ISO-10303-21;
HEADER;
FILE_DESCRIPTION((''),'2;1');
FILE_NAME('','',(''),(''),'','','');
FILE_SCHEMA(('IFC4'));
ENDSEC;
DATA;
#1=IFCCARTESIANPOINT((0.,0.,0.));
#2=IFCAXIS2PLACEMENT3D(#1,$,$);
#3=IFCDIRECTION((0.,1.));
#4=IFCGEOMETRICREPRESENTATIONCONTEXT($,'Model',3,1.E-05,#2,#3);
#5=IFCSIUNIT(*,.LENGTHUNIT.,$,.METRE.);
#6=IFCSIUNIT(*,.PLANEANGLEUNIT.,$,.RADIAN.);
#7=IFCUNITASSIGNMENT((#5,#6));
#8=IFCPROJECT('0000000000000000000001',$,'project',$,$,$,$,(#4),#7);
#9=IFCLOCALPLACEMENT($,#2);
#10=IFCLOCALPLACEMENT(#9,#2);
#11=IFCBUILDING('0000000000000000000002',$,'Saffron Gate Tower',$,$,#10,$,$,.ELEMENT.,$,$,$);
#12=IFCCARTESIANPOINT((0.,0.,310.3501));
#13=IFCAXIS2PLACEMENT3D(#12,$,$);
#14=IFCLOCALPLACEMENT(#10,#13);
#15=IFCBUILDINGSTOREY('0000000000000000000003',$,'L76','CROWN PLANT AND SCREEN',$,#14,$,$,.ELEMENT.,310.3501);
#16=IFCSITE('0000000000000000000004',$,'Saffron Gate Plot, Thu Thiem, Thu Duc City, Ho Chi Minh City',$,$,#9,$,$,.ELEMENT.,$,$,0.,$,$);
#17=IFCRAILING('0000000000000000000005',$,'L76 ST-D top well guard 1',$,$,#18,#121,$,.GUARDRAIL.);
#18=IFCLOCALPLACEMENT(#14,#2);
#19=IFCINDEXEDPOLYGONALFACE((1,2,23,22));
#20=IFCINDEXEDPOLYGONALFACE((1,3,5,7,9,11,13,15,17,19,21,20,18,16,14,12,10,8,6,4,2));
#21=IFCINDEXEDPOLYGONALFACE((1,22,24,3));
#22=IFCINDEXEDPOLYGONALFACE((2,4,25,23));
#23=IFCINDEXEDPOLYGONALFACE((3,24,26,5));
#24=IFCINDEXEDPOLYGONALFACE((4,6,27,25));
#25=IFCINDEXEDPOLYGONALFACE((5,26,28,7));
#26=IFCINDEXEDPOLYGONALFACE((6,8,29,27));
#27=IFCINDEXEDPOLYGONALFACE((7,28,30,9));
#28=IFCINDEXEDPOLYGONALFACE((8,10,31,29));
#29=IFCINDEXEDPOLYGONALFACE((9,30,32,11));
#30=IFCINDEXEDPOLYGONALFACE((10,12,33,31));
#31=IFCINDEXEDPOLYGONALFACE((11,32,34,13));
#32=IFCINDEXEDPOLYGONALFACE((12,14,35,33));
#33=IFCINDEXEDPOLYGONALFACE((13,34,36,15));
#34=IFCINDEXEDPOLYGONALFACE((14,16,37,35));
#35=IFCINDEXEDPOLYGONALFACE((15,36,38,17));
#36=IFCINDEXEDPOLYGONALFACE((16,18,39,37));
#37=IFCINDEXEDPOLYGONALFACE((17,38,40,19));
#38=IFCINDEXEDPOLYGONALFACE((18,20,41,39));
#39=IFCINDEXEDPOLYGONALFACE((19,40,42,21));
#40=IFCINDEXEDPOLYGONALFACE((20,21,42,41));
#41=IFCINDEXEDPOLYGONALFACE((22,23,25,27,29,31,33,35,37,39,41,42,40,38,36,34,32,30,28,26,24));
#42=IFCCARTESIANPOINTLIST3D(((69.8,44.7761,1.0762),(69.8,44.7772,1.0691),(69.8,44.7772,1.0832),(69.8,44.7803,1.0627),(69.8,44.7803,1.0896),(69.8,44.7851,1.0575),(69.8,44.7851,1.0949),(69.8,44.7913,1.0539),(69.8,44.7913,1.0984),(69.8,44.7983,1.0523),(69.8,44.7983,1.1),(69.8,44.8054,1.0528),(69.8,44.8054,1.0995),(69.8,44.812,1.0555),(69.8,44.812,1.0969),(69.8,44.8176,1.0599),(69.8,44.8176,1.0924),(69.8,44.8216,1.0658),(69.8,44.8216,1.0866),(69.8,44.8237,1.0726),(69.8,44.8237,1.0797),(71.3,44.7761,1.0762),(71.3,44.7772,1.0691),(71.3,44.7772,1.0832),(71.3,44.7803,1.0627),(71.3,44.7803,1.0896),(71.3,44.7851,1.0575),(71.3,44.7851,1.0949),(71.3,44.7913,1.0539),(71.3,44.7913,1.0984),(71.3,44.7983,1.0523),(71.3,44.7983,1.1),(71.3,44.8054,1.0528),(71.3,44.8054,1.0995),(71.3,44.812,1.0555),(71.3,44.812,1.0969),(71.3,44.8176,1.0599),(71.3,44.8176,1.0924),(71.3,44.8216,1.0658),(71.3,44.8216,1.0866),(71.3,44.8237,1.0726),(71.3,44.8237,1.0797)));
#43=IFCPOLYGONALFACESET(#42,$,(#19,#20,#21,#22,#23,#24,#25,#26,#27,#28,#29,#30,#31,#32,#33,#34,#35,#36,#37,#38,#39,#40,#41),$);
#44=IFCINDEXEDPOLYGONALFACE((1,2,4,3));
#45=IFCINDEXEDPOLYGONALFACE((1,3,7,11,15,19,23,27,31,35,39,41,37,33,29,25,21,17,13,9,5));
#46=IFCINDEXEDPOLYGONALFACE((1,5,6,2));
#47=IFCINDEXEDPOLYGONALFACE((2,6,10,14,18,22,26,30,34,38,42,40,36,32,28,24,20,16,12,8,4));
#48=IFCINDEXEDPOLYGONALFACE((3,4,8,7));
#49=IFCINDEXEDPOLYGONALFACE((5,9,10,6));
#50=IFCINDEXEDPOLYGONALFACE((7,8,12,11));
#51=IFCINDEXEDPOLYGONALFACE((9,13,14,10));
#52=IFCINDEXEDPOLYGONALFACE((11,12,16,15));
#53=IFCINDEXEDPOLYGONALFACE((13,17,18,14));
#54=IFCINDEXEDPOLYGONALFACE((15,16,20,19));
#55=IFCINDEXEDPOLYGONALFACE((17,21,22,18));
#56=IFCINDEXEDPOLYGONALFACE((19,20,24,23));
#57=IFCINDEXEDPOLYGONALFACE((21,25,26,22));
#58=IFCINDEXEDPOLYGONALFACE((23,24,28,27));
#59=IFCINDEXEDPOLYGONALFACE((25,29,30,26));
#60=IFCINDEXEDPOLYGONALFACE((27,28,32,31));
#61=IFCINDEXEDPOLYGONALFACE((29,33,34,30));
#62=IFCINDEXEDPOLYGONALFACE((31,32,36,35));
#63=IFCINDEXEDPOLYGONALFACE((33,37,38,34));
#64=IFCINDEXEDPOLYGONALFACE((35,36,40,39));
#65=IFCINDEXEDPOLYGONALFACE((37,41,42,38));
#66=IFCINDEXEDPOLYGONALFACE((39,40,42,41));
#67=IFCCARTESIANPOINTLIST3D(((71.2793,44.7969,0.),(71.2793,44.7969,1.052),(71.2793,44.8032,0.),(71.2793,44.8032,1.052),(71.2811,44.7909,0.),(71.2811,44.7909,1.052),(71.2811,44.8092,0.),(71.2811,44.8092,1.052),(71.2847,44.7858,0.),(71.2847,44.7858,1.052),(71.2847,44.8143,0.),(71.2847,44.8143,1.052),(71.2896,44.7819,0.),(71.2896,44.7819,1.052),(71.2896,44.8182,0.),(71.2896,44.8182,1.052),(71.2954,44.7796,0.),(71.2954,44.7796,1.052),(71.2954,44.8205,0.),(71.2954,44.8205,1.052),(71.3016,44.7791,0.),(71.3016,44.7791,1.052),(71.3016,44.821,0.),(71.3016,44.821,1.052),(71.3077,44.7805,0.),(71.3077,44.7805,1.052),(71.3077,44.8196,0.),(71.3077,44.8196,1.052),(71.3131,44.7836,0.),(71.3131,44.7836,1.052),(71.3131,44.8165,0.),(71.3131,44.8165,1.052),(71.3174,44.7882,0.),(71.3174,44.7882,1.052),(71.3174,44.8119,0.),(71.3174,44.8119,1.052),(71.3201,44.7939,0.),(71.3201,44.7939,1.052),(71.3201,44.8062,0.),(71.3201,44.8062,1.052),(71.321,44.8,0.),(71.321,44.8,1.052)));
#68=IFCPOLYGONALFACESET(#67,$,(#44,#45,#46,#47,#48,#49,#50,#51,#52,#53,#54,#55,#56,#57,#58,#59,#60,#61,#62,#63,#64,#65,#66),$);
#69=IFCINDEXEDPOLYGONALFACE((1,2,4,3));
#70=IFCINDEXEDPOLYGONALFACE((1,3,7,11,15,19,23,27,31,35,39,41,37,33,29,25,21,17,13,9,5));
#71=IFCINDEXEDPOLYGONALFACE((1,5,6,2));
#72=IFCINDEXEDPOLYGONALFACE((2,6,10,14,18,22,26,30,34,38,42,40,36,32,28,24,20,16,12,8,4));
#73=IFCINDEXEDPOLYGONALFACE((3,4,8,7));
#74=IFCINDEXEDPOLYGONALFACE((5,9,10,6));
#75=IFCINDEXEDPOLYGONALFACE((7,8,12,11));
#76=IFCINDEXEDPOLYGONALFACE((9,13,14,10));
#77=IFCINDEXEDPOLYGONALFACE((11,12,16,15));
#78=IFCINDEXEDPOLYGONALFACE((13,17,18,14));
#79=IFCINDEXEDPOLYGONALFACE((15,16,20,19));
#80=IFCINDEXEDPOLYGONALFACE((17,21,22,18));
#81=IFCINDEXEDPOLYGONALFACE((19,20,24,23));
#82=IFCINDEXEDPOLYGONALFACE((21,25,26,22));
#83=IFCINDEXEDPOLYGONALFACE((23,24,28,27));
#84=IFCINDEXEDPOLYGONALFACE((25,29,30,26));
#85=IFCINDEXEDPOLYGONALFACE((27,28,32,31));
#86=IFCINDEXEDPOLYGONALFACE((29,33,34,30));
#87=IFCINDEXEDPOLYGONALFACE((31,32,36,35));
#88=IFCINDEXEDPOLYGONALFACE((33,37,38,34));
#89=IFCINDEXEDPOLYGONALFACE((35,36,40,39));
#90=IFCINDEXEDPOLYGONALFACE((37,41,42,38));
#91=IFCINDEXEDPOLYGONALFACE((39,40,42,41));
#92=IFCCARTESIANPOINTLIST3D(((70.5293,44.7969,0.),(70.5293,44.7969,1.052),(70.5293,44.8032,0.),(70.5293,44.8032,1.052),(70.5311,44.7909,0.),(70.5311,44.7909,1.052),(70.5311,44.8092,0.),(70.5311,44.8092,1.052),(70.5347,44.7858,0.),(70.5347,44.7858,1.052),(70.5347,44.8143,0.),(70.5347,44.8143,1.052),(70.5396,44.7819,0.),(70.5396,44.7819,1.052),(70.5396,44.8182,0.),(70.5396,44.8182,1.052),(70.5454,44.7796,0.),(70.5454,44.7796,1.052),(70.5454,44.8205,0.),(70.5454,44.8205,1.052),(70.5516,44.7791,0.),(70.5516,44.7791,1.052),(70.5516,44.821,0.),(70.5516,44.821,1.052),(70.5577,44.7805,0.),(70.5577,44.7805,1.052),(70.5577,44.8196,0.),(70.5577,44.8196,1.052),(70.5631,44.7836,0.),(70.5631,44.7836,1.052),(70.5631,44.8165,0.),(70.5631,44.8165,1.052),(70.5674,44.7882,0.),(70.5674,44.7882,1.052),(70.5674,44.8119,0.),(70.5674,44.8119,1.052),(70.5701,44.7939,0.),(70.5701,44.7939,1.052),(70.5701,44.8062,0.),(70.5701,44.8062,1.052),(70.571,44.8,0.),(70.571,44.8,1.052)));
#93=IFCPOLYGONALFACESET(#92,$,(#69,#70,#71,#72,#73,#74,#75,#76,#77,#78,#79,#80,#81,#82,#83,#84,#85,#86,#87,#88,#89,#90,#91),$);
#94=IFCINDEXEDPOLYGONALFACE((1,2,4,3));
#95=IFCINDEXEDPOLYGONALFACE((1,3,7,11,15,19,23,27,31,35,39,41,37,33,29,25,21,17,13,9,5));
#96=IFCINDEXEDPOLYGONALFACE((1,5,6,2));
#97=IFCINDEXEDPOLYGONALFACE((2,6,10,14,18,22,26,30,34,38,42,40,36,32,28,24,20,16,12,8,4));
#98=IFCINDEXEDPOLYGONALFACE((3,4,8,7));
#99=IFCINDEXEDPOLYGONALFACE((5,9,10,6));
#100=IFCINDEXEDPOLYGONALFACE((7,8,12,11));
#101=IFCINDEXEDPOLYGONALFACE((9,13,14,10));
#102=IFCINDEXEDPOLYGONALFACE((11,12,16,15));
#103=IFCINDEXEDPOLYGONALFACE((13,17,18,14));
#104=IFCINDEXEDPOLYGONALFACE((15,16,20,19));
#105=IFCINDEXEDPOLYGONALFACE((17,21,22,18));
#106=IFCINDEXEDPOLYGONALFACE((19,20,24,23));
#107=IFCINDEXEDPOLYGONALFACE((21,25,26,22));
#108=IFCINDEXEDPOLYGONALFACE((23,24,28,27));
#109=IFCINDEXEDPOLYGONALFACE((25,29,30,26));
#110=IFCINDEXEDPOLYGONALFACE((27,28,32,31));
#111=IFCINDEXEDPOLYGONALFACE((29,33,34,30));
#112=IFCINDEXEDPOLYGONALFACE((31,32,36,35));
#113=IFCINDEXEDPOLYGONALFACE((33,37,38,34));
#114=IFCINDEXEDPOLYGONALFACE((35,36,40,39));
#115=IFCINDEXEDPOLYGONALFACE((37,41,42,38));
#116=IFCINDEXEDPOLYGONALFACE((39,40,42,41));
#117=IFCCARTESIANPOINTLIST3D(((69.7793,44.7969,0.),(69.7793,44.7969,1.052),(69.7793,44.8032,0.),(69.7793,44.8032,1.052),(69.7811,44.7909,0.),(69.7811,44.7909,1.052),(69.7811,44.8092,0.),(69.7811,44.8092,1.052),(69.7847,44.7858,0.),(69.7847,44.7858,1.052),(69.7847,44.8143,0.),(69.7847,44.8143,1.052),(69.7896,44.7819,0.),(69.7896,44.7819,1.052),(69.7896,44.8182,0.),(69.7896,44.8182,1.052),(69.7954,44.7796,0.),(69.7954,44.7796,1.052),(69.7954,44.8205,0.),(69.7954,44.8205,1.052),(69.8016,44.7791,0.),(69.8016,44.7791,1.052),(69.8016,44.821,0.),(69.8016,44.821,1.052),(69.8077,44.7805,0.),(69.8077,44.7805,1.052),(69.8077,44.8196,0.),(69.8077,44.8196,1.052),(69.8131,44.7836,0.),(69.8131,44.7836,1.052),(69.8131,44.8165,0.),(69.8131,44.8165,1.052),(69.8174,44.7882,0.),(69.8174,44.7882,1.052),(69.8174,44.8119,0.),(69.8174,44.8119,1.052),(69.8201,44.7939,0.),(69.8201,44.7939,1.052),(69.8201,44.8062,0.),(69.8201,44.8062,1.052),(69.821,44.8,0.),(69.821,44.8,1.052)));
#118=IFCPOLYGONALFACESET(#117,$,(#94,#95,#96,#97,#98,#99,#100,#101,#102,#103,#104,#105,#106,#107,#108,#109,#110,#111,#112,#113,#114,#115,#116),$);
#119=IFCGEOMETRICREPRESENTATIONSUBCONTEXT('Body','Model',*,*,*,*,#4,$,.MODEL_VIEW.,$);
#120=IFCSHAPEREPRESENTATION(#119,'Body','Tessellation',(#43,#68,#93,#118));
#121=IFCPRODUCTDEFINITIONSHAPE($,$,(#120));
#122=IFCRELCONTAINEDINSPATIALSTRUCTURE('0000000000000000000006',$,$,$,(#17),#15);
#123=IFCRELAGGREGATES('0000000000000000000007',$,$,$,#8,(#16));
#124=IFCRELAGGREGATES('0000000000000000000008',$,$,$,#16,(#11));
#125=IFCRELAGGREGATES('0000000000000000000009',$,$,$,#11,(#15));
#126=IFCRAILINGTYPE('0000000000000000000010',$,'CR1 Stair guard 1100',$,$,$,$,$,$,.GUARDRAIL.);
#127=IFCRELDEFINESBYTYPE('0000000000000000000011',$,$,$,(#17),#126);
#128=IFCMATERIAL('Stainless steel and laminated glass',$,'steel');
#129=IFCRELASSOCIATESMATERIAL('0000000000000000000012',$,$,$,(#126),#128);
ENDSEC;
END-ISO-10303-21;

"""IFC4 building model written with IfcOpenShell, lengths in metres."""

from ifc_helpers import new_model, si_unit, direction, frame, origin, origin_2d, place, context, subcontext, project, spatial, circle, extrude, material, type_object, element, save


model = new_model("IFC4")

# Units and contexts
model_context = context("Model", 3, precision=1e-05, world=origin(), true_north=direction((0.0, 1.0)))
body_context = subcontext(model_context, "Body", "Model", "MODEL_VIEW")
ifc_project = project(units=[si_unit("LENGTHUNIT", "METRE"), si_unit("PLANEANGLEUNIT", "RADIAN")], contexts=[model_context])

# Site, building, storey
site_placement = place(None, origin())
site = spatial("IfcSite", under=ifc_project, at=site_placement, Name="Saffron Gate Plot, Thu Thiem, Thu Duc City, Ho Chi Minh City", CompositionType="ELEMENT", RefElevation=0.0)
building_placement = place(site_placement, origin())
building = spatial("IfcBuilding", under=site, at=building_placement, Name="Saffron Gate Tower", CompositionType="ELEMENT")
storey_placement = place(building_placement, frame((0.0, 0.0, 310.3501)))
storey = spatial("IfcBuildingStorey", under=building, at=storey_placement, Name="L76", Description="CROWN PLANT AND SCREEN", CompositionType="ELEMENT", Elevation=310.3501)

# Railing
ifc_material_1 = material(Name="Stainless steel and laminated glass", Category="steel")
railing_type_1 = type_object("IfcRailingType", Name="CR1 Stair guard 1100", PredefinedType="GUARDRAIL", material=ifc_material_1)
railing_1_placement = place(storey_placement, frame((71.3, 44.8, 0.0)))
element("IfcRailing", 1, at=railing_1_placement, inside=storey, type_object=railing_type_1, Name="L76 ST-D top well guard 1", PredefinedType="GUARDRAIL", context=body_context, shape_type="SweptSolid", body=[
    extrude(circle(Radius=0.0239, at=origin_2d()), frame((0.0, 0.0, 1.0762), z_axis=(-1.0, 0.0, 0.0), x_axis=(0.0, -1.0, 0.0)), (0.0, 0.0, 1.0), 1.5),
    extrude(circle(Radius=0.021, at=origin_2d()), origin(), (0.0, 0.0, 1.0), 1.052),
    extrude(circle(Radius=0.021, at=origin_2d()), frame((-0.75, 0.0, 0.0)), (0.0, 0.0, 1.0), 1.052),
    extrude(circle(Radius=0.021, at=origin_2d()), frame((-1.5, 0.0, 0.0)), (0.0, 0.0, 1.0), 1.052),
])

save(model, "model.ifc")
